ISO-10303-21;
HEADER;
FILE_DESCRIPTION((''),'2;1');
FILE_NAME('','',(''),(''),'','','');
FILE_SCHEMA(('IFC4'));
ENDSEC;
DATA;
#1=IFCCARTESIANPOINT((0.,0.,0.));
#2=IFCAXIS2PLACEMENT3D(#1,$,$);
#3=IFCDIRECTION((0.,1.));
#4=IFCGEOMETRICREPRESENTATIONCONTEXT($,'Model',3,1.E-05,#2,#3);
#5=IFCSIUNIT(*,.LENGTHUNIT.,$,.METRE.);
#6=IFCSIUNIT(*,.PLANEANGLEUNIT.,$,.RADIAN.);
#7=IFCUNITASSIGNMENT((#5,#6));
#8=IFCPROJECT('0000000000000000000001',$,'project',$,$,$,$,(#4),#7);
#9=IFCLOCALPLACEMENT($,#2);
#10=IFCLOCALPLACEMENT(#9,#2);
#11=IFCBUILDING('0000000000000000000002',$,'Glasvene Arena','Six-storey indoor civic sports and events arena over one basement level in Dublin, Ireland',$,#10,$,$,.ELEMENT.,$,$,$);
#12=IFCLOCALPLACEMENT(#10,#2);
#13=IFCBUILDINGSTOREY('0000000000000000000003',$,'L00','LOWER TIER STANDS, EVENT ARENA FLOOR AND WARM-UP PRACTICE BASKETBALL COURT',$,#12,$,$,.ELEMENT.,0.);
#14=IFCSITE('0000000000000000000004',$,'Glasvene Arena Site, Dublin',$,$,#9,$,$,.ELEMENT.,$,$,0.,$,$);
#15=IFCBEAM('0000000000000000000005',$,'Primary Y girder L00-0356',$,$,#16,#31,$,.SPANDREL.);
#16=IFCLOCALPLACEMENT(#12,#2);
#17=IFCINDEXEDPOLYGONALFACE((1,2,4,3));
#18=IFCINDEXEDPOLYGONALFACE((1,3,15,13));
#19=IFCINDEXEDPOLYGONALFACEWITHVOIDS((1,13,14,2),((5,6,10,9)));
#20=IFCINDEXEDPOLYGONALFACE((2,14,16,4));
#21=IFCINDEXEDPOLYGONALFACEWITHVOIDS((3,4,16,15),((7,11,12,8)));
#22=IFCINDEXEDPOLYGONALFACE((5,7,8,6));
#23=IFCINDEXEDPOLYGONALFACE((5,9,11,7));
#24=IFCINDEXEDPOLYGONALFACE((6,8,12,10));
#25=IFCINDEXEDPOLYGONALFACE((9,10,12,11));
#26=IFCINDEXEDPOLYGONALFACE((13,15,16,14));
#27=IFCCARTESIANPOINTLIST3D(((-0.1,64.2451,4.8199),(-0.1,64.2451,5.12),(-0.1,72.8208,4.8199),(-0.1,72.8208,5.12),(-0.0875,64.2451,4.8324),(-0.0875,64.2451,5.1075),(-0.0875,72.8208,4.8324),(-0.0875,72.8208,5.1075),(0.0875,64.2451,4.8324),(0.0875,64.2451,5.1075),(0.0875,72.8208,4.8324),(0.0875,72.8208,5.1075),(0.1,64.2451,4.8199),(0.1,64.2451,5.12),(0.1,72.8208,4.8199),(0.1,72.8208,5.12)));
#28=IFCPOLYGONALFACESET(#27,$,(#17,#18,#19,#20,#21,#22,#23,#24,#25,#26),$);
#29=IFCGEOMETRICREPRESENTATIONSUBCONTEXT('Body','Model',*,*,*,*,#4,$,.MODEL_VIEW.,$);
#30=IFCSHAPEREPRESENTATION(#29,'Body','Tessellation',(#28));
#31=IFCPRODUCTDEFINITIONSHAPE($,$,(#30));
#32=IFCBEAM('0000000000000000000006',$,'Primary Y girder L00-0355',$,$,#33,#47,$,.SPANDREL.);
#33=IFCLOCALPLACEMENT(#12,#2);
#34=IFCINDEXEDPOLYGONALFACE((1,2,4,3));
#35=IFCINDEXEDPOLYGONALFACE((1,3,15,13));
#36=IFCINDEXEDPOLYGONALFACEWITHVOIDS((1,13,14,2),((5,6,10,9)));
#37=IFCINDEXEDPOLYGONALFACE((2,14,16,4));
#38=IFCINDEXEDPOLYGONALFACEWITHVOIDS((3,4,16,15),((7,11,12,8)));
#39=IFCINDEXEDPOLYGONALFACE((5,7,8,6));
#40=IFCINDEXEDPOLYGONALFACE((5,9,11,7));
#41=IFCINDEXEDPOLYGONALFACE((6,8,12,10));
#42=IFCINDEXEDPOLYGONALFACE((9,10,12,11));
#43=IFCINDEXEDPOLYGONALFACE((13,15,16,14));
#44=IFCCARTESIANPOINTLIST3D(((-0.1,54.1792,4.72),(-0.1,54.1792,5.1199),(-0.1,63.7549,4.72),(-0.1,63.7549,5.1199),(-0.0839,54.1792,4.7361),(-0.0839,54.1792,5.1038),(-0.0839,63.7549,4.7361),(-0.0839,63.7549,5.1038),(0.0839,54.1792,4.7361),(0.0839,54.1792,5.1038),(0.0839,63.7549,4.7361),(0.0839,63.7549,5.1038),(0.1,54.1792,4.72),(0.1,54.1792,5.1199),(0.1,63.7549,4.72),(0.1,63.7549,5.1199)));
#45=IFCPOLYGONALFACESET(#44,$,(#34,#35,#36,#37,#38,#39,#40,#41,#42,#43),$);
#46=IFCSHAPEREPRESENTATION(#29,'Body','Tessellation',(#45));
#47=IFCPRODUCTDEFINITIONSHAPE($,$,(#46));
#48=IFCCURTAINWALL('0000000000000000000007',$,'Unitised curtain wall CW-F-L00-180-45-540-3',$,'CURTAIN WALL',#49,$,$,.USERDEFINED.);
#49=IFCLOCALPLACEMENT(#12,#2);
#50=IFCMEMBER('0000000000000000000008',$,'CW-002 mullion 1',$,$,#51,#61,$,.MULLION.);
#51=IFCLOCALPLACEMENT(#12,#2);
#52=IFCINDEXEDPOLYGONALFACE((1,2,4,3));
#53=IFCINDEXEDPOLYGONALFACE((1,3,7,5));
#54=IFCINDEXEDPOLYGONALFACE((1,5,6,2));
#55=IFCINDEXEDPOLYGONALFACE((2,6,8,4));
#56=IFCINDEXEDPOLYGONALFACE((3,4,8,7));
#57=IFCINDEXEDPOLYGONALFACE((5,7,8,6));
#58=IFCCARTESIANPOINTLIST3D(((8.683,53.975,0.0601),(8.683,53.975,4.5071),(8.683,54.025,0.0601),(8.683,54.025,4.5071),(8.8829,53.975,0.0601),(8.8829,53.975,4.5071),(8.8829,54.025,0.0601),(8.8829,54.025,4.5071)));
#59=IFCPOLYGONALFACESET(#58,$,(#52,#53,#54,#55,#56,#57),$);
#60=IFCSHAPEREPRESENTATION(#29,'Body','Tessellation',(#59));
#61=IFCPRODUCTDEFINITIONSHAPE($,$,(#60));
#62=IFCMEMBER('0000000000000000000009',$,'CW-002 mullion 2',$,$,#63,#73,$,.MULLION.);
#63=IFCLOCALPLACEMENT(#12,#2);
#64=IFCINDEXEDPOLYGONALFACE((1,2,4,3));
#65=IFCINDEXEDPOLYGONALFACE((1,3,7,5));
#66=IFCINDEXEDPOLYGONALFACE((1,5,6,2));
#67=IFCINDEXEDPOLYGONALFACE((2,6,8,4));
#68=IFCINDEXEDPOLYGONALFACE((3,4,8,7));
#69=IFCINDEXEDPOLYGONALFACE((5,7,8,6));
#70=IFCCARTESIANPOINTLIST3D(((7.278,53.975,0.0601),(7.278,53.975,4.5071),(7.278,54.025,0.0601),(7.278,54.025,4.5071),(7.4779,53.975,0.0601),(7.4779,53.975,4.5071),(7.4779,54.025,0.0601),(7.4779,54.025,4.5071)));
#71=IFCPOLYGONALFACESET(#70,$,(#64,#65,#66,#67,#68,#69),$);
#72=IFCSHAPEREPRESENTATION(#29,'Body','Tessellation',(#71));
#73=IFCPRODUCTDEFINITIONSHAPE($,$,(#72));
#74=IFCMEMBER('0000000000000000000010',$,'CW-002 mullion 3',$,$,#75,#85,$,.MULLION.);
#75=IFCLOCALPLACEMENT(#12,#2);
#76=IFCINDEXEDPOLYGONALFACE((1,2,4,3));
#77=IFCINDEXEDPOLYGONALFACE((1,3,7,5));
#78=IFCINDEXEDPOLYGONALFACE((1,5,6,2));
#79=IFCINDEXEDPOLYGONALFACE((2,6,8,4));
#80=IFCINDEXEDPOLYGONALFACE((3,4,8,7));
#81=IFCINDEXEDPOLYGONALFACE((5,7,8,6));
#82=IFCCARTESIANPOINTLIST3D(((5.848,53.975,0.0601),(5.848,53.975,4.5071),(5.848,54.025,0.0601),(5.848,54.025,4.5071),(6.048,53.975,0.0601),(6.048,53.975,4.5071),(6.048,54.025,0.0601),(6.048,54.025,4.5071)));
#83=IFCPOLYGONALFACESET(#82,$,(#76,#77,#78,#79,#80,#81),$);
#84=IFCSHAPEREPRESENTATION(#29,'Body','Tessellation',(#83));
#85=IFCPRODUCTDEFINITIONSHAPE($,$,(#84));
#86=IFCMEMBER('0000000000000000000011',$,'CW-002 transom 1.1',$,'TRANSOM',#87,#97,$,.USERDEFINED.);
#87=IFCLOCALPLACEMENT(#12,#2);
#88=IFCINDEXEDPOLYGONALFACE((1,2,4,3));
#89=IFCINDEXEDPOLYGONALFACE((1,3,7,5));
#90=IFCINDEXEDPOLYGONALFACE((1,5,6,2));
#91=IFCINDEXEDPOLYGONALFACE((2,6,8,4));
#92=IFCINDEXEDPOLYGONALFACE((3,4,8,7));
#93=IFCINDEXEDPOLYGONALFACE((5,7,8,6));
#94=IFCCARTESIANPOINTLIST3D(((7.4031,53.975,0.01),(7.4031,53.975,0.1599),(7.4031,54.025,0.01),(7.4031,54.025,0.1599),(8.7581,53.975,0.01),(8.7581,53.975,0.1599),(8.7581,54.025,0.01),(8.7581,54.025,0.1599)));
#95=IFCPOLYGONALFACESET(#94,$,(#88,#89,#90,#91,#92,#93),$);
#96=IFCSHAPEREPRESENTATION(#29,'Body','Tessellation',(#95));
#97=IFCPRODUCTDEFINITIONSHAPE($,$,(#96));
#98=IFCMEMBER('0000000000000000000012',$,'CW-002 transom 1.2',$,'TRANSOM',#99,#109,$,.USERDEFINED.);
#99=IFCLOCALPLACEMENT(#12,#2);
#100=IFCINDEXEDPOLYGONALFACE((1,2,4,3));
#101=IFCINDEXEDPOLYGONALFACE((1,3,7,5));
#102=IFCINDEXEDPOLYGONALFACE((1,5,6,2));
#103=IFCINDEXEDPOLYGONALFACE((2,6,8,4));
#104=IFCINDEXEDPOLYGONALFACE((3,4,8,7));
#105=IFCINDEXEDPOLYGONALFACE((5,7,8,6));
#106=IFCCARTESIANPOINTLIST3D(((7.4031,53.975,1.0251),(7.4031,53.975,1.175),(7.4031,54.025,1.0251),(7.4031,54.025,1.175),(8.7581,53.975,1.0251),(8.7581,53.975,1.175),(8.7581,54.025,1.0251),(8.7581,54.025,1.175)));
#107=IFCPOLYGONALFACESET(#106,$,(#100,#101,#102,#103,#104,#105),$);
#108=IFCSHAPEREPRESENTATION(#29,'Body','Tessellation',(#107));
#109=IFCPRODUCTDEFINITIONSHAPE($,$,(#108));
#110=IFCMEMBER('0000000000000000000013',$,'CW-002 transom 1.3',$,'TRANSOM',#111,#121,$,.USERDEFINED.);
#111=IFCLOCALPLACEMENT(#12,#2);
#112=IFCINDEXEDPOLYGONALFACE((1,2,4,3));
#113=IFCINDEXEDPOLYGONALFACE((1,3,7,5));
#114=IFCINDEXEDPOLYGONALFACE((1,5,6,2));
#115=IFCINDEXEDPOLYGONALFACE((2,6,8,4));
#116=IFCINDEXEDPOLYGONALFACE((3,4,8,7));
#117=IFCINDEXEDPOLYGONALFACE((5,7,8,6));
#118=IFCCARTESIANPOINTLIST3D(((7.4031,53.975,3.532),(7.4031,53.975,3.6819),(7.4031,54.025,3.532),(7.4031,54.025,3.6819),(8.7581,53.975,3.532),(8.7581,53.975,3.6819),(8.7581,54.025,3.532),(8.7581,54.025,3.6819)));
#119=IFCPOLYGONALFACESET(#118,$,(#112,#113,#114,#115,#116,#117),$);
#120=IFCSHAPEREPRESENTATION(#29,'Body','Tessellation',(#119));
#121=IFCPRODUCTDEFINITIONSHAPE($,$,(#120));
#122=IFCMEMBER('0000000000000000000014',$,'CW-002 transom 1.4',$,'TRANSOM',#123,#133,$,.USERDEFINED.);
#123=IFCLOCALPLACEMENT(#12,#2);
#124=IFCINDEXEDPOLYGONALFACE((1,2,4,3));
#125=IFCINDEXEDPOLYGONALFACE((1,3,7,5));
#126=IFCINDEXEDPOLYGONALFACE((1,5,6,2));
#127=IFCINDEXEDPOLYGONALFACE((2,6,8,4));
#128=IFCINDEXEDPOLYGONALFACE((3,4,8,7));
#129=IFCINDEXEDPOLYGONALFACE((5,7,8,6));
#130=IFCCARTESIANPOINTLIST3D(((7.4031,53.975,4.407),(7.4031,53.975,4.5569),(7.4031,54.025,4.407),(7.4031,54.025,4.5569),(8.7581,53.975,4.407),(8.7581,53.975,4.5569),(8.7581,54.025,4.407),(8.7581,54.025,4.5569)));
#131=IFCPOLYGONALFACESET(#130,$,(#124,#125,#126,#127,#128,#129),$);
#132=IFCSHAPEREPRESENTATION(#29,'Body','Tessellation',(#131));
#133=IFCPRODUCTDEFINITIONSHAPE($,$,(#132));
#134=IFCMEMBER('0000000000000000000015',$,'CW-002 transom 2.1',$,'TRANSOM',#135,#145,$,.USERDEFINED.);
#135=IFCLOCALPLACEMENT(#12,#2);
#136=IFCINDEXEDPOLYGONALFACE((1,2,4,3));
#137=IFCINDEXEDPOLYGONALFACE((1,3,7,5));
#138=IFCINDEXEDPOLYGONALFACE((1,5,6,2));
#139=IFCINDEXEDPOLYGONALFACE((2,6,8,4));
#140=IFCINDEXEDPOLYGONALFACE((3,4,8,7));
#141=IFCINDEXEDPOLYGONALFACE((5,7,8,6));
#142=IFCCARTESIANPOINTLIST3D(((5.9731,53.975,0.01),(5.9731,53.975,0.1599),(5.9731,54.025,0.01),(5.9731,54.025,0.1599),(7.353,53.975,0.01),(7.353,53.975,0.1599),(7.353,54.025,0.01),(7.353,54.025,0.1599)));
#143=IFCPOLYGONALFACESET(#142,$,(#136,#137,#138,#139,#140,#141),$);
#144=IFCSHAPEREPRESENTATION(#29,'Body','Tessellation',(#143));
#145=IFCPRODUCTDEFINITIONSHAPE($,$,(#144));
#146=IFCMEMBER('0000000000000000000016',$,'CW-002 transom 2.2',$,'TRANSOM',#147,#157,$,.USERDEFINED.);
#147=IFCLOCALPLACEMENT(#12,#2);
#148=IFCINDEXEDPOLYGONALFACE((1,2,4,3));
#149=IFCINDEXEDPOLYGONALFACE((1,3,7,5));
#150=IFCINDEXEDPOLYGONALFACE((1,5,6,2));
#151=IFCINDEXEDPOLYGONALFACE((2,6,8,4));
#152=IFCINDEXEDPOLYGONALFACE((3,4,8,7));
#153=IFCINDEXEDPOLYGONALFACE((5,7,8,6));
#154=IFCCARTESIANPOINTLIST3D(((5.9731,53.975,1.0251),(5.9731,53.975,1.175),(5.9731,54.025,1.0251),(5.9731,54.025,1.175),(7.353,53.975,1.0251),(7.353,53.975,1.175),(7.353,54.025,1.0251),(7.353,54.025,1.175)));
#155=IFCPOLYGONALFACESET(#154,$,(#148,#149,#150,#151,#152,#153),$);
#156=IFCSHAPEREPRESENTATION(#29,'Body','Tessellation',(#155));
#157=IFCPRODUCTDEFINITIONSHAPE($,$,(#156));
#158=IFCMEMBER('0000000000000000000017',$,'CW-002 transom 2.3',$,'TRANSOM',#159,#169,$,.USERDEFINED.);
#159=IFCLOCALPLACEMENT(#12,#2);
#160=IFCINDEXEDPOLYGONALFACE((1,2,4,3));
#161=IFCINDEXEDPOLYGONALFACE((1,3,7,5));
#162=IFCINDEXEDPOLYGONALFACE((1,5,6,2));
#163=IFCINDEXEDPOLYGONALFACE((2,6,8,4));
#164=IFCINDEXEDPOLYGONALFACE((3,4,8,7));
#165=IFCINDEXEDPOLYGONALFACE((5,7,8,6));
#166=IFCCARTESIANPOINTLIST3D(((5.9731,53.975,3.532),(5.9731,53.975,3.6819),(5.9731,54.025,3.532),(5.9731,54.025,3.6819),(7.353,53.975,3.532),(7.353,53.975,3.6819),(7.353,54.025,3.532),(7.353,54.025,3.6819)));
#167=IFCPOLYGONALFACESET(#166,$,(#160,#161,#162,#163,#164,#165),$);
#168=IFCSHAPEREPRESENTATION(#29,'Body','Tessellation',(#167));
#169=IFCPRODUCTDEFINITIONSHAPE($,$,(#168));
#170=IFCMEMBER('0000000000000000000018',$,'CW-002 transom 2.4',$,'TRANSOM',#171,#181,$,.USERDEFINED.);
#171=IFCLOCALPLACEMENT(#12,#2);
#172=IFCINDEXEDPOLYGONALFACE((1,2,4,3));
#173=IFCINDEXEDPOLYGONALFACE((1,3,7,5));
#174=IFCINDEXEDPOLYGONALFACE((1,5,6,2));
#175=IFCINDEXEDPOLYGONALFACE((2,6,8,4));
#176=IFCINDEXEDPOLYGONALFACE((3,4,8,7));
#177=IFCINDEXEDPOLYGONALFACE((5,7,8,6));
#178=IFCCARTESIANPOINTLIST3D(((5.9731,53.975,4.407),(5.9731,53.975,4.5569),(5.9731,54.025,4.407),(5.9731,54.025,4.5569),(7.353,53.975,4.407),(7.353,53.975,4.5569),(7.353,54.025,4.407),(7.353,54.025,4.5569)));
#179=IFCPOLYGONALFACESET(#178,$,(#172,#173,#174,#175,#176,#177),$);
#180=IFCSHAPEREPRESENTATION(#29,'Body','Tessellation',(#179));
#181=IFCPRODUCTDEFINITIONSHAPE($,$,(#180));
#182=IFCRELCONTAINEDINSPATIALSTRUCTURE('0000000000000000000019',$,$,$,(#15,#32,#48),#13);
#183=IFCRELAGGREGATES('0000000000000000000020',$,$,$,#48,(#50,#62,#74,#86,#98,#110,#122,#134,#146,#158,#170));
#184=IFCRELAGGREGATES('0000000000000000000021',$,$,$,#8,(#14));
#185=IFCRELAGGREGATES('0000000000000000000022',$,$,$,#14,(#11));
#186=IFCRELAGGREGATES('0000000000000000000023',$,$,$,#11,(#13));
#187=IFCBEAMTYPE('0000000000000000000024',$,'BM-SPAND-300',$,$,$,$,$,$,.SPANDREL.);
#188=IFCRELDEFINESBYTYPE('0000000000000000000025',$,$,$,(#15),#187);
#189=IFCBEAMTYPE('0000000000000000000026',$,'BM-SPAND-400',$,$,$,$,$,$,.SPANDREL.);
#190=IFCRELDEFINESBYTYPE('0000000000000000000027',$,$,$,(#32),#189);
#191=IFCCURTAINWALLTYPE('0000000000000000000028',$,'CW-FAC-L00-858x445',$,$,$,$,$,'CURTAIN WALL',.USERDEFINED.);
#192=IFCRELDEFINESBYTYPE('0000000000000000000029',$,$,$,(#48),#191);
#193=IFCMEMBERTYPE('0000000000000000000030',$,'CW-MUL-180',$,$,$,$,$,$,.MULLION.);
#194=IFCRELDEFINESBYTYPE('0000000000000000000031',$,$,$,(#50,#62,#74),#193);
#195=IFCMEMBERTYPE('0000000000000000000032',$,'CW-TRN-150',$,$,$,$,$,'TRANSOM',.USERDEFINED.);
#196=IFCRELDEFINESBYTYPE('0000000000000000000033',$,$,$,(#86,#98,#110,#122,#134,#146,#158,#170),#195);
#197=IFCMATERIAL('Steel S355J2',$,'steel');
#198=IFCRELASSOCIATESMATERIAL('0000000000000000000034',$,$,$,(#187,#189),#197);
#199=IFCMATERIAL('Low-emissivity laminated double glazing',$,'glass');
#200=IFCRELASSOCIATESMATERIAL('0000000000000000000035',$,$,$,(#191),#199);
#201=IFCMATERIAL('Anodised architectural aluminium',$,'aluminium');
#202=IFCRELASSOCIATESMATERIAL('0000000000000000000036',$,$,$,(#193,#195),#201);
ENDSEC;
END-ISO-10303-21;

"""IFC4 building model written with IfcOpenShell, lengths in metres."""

from ifc_helpers import new_model, si_unit, direction, frame, origin, origin_2d, place, context, subcontext, project, spatial, rectangle, hollow_rectangle, extrude, material, material_profile, profile_set, type_object, element, aggregate, save


model = new_model("IFC4")

# Units and contexts
model_context = context("Model", 3, precision=1e-05, world=origin(), true_north=direction((0.0, 1.0)))
body_context = subcontext(model_context, "Body", "Model", "MODEL_VIEW")
ifc_project = project(units=[si_unit("LENGTHUNIT", "METRE"), si_unit("PLANEANGLEUNIT", "RADIAN")], contexts=[model_context])

# Site, building, storey
site_placement = place(None, origin())
site = spatial("IfcSite", under=ifc_project, at=site_placement, Name="Glasvene Arena Site, Dublin", CompositionType="ELEMENT", RefElevation=0.0)
building_placement = place(site_placement, origin())
building = spatial("IfcBuilding", under=site, at=building_placement, Name="Glasvene Arena", Description="Six-storey indoor civic sports and events arena over one basement level in Dublin, Ireland", CompositionType="ELEMENT")
storey_placement = place(building_placement, origin())
storey = spatial("IfcBuildingStorey", under=building, at=storey_placement, Name="L00", Description="LOWER TIER STANDS, EVENT ARENA FLOOR AND WARM-UP PRACTICE BASKETBALL COURT", CompositionType="ELEMENT", Elevation=0.0)

# Shared definitions
ifc_material_1 = material(Name="Steel S355J2", Category="steel")

# Beams
ifc_material_profile_1 = material_profile(ifc_material_1, hollow_rectangle(XDim=0.2, YDim=0.3, WallThickness=0.0125, at=origin_2d()), Name="RHS 300x200x12.5")
ifc_profile_set_1 = profile_set([ifc_material_profile_1], Name="Steel S355J2")
beam_type_1 = type_object("IfcBeamType", Name="BM-SPAND-300", PredefinedType="SPANDREL", material=ifc_profile_set_1)
beam_1_placement = place(storey_placement, frame((0.0, 64.2451, 4.97), z_axis=(0.0, 1.0, 0.0), x_axis=(-1.0, 0.0, 0.0)))
element("IfcBeam", 1, at=beam_1_placement, inside=storey, type_object=beam_type_1, Name="Primary Y girder L00-0356", PredefinedType="SPANDREL", context=body_context, shape_type="SweptSolid", body=[
    extrude(hollow_rectangle(XDim=0.2, YDim=0.3, WallThickness=0.0125, at=origin_2d()), origin(), (0.0, 0.0, 1.0), 8.5757),
])
ifc_material_profile_2 = material_profile(ifc_material_1, hollow_rectangle(XDim=0.2, YDim=0.3999, WallThickness=0.0161, at=origin_2d()), Name="RHS 400x200x16.0")
ifc_profile_set_2 = profile_set([ifc_material_profile_2], Name="Steel S355J2")
beam_type_2 = type_object("IfcBeamType", Name="BM-SPAND-400", PredefinedType="SPANDREL", material=ifc_profile_set_2)
beam_2_placement = place(storey_placement, frame((0.0, 54.1792, 4.9199), z_axis=(0.0, 1.0, 0.0), x_axis=(-1.0, 0.0, 0.0)))
element("IfcBeam", 2, at=beam_2_placement, inside=storey, type_object=beam_type_2, Name="Primary Y girder L00-0355", PredefinedType="SPANDREL", context=body_context, shape_type="SweptSolid", body=[
    extrude(hollow_rectangle(XDim=0.2, YDim=0.3999, WallThickness=0.0161, at=origin_2d()), origin(), (0.0, 0.0, 1.0), 9.5757),
])

# Curtain wall, members
ifc_material_2 = material(Name="Low-emissivity laminated double glazing", Category="glass")
curtain_wall_type = type_object("IfcCurtainWallType", Name="CW-FAC-L00-858x445", ElementType="CURTAIN WALL", PredefinedType="USERDEFINED", material=ifc_material_2)
curtain_wall_placement = place(storey_placement, frame((8.8081, 54.0, 0.0)))
curtain_wall = element("IfcCurtainWall", 3, at=curtain_wall_placement, inside=storey, type_object=curtain_wall_type, Name="Unitised curtain wall CW-F-L00-180-45-540-3", ObjectType="CURTAIN WALL", PredefinedType="USERDEFINED")
ifc_material_3 = material(Name="Anodised architectural aluminium", Category="aluminium")
ifc_material_profile_3 = material_profile(ifc_material_3, rectangle(XDim=0.05, YDim=0.2, at=origin_2d()), Name="ALU MULLION 50x200")
ifc_profile_set_3 = profile_set([ifc_material_profile_3], Name="Anodised architectural aluminium")
member_type_1 = type_object("IfcMemberType", Name="CW-MUL-180", PredefinedType="MULLION", material=ifc_profile_set_3)
member_1_placement = place(storey_placement, frame((8.783, 54.0, 0.0601), z_axis=(0.0, 0.0, 1.0), x_axis=(0.0, -1.0, 0.0)))
member_1 = element("IfcMember", 4, at=member_1_placement, type_object=member_type_1, Name="CW-002 mullion 1", PredefinedType="MULLION", context=body_context, shape_type="SweptSolid", body=[
    extrude(rectangle(XDim=0.05, YDim=0.2, at=origin_2d()), origin(), (0.0, 0.0, 1.0), 4.447),
])
member_2_placement = place(storey_placement, frame((7.3779, 54.0, 0.0601), z_axis=(0.0, 0.0, 1.0), x_axis=(0.0, -1.0, 0.0)))
member_2 = element("IfcMember", 5, at=member_2_placement, type_object=member_type_1, Name="CW-002 mullion 2", PredefinedType="MULLION", context=body_context, shape_type="SweptSolid", body=[
    extrude(rectangle(XDim=0.05, YDim=0.2, at=origin_2d()), origin(), (0.0, 0.0, 1.0), 4.447),
])
member_3_placement = place(storey_placement, frame((5.948, 54.0, 0.0601), z_axis=(0.0, 0.0, 1.0), x_axis=(0.0, -1.0, 0.0)))
member_3 = element("IfcMember", 6, at=member_3_placement, type_object=member_type_1, Name="CW-002 mullion 3", PredefinedType="MULLION", context=body_context, shape_type="SweptSolid", body=[
    extrude(rectangle(XDim=0.05, YDim=0.2, at=origin_2d()), origin(), (0.0, 0.0, 1.0), 4.447),
])
ifc_material_profile_4 = material_profile(ifc_material_3, rectangle(XDim=0.05, YDim=0.1499, at=origin_2d()), Name="ALU TRANSOM 50x150")
ifc_profile_set_4 = profile_set([ifc_material_profile_4], Name="Anodised architectural aluminium")
member_type_2 = type_object("IfcMemberType", Name="CW-TRN-150", ElementType="TRANSOM", PredefinedType="USERDEFINED", material=ifc_profile_set_4)
member_4_placement = place(storey_placement, frame((8.7581, 54.0, 0.085), z_axis=(-1.0, 0.0, 0.0), x_axis=(0.0, -1.0, 0.0)))
member_4 = element("IfcMember", 7, at=member_4_placement, type_object=member_type_2, Name="CW-002 transom 1.1", ObjectType="TRANSOM", PredefinedType="USERDEFINED", context=body_context, shape_type="SweptSolid", body=[
    extrude(rectangle(XDim=0.05, YDim=0.1499, at=origin_2d()), origin(), (0.0, 0.0, 1.0), 1.355),
])
member_5_placement = place(storey_placement, frame((8.7581, 54.0, 1.1001), z_axis=(-1.0, 0.0, 0.0), x_axis=(0.0, -1.0, 0.0)))
member_5 = element("IfcMember", 8, at=member_5_placement, type_object=member_type_2, Name="CW-002 transom 1.2", ObjectType="TRANSOM", PredefinedType="USERDEFINED", context=body_context, shape_type="SweptSolid", body=[
    extrude(rectangle(XDim=0.05, YDim=0.1499, at=origin_2d()), origin(), (0.0, 0.0, 1.0), 1.355),
])
member_6_placement = place(storey_placement, frame((8.7581, 54.0, 3.6069), z_axis=(-1.0, 0.0, 0.0), x_axis=(0.0, -1.0, 0.0)))
member_6 = element("IfcMember", 9, at=member_6_placement, type_object=member_type_2, Name="CW-002 transom 1.3", ObjectType="TRANSOM", PredefinedType="USERDEFINED", context=body_context, shape_type="SweptSolid", body=[
    extrude(rectangle(XDim=0.05, YDim=0.1499, at=origin_2d()), origin(), (0.0, 0.0, 1.0), 1.355),
])
member_7_placement = place(storey_placement, frame((8.7581, 54.0, 4.4819), z_axis=(-1.0, 0.0, 0.0), x_axis=(0.0, -1.0, 0.0)))
member_7 = element("IfcMember", 10, at=member_7_placement, type_object=member_type_2, Name="CW-002 transom 1.4", ObjectType="TRANSOM", PredefinedType="USERDEFINED", context=body_context, shape_type="SweptSolid", body=[
    extrude(rectangle(XDim=0.05, YDim=0.1499, at=origin_2d()), origin(), (0.0, 0.0, 1.0), 1.355),
])
member_8_placement = place(storey_placement, frame((7.353, 54.0, 0.085), z_axis=(-1.0, 0.0, 0.0), x_axis=(0.0, -1.0, 0.0)))
member_8 = element("IfcMember", 11, at=member_8_placement, type_object=member_type_2, Name="CW-002 transom 2.1", ObjectType="TRANSOM", PredefinedType="USERDEFINED", context=body_context, shape_type="SweptSolid", body=[
    extrude(rectangle(XDim=0.05, YDim=0.1499, at=origin_2d()), origin(), (0.0, 0.0, 1.0), 1.3799),
])
member_9_placement = place(storey_placement, frame((7.353, 54.0, 1.1001), z_axis=(-1.0, 0.0, 0.0), x_axis=(0.0, -1.0, 0.0)))
member_9 = element("IfcMember", 12, at=member_9_placement, type_object=member_type_2, Name="CW-002 transom 2.2", ObjectType="TRANSOM", PredefinedType="USERDEFINED", context=body_context, shape_type="SweptSolid", body=[
    extrude(rectangle(XDim=0.05, YDim=0.1499, at=origin_2d()), origin(), (0.0, 0.0, 1.0), 1.3799),
])
member_10_placement = place(storey_placement, frame((7.353, 54.0, 3.6069), z_axis=(-1.0, 0.0, 0.0), x_axis=(0.0, -1.0, 0.0)))
member_10 = element("IfcMember", 13, at=member_10_placement, type_object=member_type_2, Name="CW-002 transom 2.3", ObjectType="TRANSOM", PredefinedType="USERDEFINED", context=body_context, shape_type="SweptSolid", body=[
    extrude(rectangle(XDim=0.05, YDim=0.1499, at=origin_2d()), origin(), (0.0, 0.0, 1.0), 1.3799),
])
member_11_placement = place(storey_placement, frame((7.353, 54.0, 4.4819), z_axis=(-1.0, 0.0, 0.0), x_axis=(0.0, -1.0, 0.0)))
member_11 = element("IfcMember", 14, at=member_11_placement, type_object=member_type_2, Name="CW-002 transom 2.4", ObjectType="TRANSOM", PredefinedType="USERDEFINED", context=body_context, shape_type="SweptSolid", body=[
    extrude(rectangle(XDim=0.05, YDim=0.1499, at=origin_2d()), origin(), (0.0, 0.0, 1.0), 1.3799),
])

aggregate(curtain_wall, [member_1, member_2, member_3, member_4, member_5, member_6, member_7, member_8, member_9, member_10, member_11])

save(model, "model.ifc")
